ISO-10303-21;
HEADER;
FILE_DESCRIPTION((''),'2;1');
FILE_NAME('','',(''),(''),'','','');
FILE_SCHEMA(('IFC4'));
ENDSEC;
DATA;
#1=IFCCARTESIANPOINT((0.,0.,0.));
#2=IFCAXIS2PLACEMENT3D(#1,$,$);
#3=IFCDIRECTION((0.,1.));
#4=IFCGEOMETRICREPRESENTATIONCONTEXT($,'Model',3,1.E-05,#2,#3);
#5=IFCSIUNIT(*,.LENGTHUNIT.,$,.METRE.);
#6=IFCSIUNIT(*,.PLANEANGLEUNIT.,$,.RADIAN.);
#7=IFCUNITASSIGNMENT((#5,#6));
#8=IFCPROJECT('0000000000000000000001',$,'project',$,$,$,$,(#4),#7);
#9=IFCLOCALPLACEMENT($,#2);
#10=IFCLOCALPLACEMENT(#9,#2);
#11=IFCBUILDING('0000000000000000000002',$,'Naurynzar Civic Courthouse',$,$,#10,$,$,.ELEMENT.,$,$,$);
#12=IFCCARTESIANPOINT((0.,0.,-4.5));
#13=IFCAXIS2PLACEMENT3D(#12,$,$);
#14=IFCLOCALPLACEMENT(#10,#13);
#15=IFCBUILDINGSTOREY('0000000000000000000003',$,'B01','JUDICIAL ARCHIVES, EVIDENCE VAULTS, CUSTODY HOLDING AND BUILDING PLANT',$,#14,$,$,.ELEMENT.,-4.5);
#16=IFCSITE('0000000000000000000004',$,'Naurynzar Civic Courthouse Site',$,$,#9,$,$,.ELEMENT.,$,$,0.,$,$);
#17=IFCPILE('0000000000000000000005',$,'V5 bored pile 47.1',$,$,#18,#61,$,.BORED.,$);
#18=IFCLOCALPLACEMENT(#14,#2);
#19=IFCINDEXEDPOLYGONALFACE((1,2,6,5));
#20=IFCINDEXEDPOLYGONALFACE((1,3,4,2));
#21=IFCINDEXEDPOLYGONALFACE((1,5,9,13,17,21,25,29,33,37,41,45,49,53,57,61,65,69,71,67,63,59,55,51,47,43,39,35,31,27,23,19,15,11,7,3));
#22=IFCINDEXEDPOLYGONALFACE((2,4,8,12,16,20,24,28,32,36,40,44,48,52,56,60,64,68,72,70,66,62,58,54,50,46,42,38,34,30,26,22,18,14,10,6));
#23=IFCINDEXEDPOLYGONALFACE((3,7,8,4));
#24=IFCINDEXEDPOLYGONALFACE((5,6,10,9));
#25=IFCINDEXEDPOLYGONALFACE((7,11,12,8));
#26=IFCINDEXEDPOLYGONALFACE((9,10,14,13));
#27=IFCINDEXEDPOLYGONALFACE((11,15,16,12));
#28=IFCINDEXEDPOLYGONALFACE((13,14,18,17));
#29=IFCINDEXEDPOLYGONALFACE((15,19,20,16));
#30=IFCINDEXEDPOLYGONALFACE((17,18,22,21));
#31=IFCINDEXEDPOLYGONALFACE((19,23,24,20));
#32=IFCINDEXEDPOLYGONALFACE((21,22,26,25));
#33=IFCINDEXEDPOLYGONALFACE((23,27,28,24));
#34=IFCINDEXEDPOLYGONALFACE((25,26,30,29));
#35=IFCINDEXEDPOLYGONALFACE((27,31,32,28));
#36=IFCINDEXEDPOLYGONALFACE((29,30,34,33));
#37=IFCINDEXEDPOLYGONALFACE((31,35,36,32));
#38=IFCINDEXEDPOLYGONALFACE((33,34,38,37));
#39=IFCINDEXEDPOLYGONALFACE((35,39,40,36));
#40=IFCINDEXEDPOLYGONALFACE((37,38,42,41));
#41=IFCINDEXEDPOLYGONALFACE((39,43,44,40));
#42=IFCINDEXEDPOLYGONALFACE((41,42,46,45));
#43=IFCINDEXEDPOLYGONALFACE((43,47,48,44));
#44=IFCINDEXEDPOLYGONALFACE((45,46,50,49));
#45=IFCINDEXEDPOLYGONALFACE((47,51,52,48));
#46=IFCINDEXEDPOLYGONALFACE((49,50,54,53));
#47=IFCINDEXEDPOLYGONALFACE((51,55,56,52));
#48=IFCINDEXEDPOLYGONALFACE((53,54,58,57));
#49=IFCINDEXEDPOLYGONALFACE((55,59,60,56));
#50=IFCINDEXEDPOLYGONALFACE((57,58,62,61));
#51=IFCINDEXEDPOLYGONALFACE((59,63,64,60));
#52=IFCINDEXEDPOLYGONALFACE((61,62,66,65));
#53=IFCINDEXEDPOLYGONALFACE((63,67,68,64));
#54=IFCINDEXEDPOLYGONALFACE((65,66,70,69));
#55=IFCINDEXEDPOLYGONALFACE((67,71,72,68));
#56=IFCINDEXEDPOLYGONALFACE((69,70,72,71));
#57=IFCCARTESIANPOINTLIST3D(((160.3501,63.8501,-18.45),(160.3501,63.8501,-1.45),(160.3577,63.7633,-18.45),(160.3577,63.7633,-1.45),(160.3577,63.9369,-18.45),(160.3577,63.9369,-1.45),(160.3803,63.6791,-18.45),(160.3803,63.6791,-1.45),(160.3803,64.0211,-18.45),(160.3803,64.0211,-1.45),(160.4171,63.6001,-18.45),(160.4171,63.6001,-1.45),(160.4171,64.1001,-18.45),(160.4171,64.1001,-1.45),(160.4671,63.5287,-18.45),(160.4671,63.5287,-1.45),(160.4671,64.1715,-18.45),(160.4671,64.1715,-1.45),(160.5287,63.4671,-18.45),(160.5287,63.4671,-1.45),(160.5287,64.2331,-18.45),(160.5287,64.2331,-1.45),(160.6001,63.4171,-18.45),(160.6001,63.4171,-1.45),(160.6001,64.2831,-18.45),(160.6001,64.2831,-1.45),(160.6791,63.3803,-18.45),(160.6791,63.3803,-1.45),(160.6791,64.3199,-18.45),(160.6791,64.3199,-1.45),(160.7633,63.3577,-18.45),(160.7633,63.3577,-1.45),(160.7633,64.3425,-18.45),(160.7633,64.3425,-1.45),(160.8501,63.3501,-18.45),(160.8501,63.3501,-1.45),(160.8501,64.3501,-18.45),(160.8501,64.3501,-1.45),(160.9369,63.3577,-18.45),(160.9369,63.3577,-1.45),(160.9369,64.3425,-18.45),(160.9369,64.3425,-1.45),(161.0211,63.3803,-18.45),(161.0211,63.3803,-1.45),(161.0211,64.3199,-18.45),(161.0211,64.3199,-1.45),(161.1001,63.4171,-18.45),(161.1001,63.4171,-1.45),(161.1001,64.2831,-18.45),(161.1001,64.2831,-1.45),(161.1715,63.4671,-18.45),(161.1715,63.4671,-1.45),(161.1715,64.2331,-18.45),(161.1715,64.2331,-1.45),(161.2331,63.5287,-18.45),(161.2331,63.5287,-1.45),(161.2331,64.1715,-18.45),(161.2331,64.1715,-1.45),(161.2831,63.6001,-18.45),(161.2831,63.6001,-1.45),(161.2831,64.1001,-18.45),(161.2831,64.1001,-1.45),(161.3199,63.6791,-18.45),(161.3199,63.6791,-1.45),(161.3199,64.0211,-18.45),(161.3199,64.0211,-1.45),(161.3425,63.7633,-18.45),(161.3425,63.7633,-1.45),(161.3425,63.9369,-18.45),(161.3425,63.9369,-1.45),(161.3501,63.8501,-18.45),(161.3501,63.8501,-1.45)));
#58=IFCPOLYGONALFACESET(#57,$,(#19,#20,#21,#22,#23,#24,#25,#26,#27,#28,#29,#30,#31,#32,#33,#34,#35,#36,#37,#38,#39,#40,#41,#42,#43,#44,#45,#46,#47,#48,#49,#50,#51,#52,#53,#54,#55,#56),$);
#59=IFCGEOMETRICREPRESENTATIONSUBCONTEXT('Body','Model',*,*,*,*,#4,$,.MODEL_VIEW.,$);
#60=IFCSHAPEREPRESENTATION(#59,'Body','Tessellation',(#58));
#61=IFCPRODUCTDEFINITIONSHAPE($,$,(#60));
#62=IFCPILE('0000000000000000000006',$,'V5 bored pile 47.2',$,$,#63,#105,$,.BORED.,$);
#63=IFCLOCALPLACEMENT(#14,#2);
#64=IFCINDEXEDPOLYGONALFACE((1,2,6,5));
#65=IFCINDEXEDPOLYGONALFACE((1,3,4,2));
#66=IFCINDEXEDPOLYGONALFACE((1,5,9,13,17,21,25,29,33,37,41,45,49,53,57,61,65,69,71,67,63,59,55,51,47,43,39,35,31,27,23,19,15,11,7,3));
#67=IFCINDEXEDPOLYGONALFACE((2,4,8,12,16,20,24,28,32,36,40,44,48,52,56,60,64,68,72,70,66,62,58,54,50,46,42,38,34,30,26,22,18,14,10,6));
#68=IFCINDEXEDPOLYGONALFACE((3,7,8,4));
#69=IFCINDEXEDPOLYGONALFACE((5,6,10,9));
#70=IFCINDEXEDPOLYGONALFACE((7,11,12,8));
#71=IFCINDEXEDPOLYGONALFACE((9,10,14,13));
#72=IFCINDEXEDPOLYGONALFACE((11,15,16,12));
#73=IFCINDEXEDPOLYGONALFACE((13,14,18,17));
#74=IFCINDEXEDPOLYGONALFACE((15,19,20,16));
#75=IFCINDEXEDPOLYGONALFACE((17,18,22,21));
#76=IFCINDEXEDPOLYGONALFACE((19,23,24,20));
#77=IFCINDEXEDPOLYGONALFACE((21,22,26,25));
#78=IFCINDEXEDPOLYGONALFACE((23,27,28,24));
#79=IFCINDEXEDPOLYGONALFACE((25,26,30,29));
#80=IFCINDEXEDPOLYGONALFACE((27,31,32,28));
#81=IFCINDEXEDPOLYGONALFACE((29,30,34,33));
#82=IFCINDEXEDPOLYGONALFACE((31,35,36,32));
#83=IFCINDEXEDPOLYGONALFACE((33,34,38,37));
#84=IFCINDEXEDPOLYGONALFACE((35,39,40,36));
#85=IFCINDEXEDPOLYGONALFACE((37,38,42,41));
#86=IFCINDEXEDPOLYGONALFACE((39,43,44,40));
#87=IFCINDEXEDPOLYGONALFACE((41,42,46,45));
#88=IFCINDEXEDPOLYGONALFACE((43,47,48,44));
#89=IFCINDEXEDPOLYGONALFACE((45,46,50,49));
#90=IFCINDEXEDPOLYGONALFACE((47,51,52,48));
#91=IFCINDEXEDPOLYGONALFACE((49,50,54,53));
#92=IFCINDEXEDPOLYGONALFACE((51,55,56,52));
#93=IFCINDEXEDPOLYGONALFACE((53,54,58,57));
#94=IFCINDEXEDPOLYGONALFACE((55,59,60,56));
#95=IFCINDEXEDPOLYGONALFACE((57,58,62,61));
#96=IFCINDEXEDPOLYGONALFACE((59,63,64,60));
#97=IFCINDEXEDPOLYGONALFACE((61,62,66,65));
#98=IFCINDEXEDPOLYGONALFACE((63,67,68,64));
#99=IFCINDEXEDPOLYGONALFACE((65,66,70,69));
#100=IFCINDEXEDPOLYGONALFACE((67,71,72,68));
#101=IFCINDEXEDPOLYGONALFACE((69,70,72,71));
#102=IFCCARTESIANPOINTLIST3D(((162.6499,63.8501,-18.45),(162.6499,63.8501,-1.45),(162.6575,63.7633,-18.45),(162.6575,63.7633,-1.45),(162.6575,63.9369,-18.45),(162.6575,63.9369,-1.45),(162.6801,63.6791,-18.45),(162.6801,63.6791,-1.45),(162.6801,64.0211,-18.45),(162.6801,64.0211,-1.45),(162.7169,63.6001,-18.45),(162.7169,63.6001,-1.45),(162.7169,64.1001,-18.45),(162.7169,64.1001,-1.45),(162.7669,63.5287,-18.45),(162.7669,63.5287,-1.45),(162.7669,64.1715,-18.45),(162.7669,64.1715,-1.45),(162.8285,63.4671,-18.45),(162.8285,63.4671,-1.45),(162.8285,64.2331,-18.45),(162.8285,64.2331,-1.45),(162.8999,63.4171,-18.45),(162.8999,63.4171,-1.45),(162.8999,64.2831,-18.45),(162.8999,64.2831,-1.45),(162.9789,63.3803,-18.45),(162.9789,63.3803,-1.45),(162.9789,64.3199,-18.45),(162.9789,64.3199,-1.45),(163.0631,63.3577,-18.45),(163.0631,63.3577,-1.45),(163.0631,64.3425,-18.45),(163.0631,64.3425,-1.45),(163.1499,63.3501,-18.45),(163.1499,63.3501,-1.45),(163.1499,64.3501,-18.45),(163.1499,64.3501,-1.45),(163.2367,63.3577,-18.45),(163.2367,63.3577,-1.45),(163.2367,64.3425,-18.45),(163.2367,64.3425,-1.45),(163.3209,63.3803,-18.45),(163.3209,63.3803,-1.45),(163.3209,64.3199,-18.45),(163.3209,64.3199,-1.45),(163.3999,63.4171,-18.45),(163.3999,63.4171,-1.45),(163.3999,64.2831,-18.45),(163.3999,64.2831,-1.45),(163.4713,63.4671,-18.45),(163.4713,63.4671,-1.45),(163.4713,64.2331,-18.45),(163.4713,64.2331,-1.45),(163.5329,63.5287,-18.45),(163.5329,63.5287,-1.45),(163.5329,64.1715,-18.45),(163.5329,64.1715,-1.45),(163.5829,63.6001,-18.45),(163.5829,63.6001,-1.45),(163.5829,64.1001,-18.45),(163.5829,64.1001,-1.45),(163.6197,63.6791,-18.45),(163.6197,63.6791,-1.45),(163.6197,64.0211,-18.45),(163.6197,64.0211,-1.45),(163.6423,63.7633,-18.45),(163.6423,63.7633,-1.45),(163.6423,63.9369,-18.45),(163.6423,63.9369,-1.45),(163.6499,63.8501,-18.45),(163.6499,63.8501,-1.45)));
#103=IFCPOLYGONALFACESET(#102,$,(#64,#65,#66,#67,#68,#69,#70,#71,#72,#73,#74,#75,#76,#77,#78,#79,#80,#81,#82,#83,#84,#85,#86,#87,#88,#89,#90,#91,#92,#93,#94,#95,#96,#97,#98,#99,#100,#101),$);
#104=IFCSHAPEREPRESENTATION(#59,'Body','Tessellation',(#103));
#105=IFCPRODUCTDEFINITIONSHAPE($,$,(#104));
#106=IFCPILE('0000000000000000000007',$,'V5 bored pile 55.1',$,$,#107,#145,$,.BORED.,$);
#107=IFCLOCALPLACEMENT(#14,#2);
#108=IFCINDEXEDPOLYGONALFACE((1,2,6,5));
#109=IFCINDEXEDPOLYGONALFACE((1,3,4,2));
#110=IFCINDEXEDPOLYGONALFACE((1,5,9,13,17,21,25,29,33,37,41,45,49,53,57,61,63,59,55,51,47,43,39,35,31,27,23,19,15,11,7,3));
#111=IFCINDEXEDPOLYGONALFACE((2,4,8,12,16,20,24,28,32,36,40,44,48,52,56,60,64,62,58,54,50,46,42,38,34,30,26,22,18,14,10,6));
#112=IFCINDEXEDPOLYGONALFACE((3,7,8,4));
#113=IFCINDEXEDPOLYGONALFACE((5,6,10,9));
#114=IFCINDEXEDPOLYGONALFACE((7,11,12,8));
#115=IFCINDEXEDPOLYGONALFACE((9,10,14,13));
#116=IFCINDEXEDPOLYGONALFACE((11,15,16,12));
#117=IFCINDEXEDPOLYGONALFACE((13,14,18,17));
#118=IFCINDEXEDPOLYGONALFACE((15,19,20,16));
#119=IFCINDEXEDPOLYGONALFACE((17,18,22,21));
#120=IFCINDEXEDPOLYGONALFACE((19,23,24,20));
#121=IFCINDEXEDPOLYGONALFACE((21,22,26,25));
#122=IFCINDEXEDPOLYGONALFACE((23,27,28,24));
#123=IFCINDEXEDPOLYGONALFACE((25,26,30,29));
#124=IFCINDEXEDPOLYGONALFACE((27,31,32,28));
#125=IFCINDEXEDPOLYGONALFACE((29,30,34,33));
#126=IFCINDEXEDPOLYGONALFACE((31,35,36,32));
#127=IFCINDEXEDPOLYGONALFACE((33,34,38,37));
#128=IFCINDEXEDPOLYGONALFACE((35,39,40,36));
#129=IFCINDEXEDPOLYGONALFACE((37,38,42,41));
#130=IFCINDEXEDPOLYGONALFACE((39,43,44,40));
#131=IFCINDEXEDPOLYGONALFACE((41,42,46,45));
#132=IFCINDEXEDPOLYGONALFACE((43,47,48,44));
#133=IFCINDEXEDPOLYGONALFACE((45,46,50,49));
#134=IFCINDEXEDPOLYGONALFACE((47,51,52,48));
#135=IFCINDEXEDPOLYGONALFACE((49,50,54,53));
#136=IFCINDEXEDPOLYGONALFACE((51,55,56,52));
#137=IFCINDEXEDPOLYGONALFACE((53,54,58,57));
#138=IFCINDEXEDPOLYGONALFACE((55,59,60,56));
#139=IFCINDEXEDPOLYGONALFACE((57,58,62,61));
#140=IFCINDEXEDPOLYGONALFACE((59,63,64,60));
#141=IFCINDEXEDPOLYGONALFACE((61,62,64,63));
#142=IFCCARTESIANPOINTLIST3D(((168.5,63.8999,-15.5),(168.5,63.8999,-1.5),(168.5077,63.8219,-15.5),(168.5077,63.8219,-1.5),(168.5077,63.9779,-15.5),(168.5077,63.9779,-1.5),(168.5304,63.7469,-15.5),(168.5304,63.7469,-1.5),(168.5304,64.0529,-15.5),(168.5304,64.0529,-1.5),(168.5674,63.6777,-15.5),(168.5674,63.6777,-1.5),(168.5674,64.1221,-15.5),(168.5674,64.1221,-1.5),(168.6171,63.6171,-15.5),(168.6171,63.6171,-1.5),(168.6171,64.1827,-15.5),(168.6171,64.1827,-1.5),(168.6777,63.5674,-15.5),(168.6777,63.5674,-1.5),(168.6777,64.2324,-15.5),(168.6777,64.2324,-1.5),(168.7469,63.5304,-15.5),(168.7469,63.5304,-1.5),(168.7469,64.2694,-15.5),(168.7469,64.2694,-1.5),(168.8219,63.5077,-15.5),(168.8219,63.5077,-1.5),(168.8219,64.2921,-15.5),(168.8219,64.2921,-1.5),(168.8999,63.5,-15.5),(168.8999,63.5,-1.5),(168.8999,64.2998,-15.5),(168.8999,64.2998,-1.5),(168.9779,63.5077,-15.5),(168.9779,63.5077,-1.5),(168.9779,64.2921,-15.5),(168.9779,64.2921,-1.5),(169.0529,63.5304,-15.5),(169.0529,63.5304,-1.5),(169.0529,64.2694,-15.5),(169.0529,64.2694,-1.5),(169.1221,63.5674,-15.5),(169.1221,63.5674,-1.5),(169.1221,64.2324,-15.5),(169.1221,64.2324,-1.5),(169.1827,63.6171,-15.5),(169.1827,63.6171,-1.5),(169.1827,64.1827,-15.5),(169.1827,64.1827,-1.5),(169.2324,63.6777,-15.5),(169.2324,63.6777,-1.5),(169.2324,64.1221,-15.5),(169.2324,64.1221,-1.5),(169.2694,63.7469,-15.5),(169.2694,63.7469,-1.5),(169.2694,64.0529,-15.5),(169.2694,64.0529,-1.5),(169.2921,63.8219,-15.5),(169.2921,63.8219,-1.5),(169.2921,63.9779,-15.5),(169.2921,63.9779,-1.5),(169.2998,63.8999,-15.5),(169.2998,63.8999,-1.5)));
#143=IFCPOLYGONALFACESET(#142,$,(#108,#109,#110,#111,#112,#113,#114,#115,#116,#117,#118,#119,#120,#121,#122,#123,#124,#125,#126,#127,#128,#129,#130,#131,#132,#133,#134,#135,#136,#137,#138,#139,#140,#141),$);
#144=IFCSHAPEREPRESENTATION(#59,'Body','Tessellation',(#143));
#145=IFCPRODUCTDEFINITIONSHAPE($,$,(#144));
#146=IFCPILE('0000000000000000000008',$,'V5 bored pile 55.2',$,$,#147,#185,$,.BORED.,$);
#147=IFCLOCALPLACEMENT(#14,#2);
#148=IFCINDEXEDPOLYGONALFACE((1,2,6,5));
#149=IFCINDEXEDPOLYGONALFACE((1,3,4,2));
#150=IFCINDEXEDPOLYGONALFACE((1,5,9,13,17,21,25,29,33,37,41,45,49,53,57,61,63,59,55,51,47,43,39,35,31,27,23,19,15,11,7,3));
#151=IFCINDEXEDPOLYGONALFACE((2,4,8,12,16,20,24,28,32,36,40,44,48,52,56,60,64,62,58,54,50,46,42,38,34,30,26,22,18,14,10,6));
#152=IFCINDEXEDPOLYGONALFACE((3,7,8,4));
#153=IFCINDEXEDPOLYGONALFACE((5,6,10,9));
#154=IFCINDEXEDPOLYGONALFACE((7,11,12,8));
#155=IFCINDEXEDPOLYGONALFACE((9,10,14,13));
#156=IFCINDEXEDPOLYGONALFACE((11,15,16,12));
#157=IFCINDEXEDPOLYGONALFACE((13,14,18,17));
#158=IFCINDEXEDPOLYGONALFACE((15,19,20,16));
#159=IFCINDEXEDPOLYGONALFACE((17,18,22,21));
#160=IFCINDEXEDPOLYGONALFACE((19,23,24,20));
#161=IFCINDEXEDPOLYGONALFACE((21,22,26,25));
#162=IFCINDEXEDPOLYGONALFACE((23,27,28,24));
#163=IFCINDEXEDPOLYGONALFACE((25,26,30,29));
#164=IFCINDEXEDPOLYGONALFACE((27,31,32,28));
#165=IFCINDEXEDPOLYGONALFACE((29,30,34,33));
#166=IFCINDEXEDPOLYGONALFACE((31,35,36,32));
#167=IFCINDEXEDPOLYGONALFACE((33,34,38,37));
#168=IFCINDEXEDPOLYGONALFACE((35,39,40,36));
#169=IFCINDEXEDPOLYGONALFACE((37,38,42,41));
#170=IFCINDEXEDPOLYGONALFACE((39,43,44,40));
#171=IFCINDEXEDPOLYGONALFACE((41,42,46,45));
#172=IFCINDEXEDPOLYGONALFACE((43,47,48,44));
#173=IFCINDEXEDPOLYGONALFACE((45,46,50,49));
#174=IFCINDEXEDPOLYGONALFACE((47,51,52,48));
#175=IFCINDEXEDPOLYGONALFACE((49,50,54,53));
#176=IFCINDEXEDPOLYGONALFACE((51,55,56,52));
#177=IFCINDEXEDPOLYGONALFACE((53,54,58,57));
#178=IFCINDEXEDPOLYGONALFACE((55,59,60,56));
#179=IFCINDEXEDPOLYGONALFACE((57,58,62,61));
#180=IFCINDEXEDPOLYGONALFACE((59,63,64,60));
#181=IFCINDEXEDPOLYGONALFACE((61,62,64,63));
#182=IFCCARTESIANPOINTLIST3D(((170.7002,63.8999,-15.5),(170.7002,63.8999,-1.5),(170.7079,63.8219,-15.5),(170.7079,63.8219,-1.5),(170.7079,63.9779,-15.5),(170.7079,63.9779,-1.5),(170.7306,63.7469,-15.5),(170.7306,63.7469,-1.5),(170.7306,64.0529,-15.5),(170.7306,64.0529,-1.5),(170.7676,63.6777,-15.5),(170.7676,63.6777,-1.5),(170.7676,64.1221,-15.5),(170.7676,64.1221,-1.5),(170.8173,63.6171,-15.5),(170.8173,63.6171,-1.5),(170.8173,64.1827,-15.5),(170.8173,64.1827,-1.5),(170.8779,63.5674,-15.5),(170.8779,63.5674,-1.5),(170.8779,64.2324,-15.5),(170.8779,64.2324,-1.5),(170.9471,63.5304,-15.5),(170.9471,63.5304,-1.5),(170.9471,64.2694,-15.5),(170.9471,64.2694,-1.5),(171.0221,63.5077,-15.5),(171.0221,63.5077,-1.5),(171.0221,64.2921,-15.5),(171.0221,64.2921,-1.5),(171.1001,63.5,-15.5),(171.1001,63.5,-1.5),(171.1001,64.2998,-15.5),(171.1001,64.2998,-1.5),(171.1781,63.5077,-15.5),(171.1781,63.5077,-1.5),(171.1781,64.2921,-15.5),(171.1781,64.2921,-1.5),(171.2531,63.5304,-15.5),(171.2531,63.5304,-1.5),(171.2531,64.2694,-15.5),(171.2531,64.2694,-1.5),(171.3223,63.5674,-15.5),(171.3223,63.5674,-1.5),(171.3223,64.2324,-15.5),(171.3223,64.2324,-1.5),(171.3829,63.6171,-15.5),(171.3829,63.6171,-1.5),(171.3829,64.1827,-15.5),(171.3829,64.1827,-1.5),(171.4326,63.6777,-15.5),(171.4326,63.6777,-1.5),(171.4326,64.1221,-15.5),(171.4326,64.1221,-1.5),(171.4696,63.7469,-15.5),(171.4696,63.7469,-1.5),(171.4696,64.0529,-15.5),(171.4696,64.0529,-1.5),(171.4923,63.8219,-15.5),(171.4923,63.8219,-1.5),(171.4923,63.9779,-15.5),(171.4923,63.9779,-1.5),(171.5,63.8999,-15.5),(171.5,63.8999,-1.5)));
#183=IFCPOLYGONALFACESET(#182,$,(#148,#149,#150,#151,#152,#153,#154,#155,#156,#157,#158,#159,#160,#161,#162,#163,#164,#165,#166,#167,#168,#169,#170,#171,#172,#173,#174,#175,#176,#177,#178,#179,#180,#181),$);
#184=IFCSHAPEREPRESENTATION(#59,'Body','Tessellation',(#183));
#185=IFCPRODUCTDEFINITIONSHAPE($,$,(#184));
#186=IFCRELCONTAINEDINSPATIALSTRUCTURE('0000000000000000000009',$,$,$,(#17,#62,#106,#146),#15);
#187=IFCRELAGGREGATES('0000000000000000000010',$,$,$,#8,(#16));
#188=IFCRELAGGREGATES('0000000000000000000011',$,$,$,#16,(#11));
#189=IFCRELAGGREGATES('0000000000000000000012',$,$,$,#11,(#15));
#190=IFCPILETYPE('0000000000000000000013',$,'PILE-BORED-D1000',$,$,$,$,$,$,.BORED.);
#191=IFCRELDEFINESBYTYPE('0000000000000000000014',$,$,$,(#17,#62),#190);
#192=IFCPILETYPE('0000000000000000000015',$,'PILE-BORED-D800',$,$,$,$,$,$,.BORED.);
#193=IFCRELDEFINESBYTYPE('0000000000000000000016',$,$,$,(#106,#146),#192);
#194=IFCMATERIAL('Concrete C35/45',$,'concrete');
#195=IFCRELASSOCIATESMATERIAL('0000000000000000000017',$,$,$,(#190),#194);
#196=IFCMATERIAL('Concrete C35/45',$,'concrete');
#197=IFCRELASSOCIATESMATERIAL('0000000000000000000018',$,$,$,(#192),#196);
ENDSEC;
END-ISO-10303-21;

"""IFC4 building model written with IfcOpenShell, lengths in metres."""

from ifc_helpers import new_model, si_unit, direction, frame, origin, origin_2d, place, context, subcontext, project, spatial, circle, extrude, material, material_profile, profile_set, type_object, element, save


model = new_model("IFC4")

# Units and contexts
model_context = context("Model", 3, precision=1e-05, world=origin(), true_north=direction((0.0, 1.0)))
body_context = subcontext(model_context, "Body", "Model", "MODEL_VIEW")
ifc_project = project(units=[si_unit("LENGTHUNIT", "METRE"), si_unit("PLANEANGLEUNIT", "RADIAN")], contexts=[model_context])

# Site, building, storey
site_placement = place(None, origin())
site = spatial("IfcSite", under=ifc_project, at=site_placement, Name="Naurynzar Civic Courthouse Site", CompositionType="ELEMENT", RefElevation=0.0)
building_placement = place(site_placement, origin())
building = spatial("IfcBuilding", under=site, at=building_placement, Name="Naurynzar Civic Courthouse", CompositionType="ELEMENT")
storey_placement = place(building_placement, frame((0.0, 0.0, -4.5)))
storey = spatial("IfcBuildingStorey", under=building, at=storey_placement, Name="B01", Description="JUDICIAL ARCHIVES, EVIDENCE VAULTS, CUSTODY HOLDING AND BUILDING PLANT", CompositionType="ELEMENT", Elevation=-4.5)

# Piles
ifc_material_1 = material(Name="Concrete C35/45", Category="concrete")
ifc_material_profile_1 = material_profile(ifc_material_1, circle(Radius=0.5, at=origin_2d()), Name="PILE D1000")
ifc_profile_set_1 = profile_set([ifc_material_profile_1], Name="Concrete C35/45")
pile_type_1 = type_object("IfcPileType", Name="PILE-BORED-D1000", PredefinedType="BORED", material=ifc_profile_set_1)
for number, where, z_axis, x_axis, name in (
    (1, (160.8501, 63.8501, -1.45), (0.0, 0.0, -1.0), (1.0, 0.0, 0.0), "V5 bored pile 47.1"),
    (2, (163.1499, 63.8501, -1.45), (0.0, 0.0, -1.0), (1.0, 0.0, 0.0), "V5 bored pile 47.2"),
):
    element("IfcPile", number, at=place(storey_placement, frame(where, z_axis=z_axis, x_axis=x_axis)), inside=storey, type_object=pile_type_1, Name=name, PredefinedType="BORED", context=body_context, shape_type="SweptSolid", body=[
        extrude(circle(Radius=0.5, at=origin_2d()), origin(), (0.0, 0.0, 1.0), 17.0),
    ])
ifc_material_2 = material(Name="Concrete C35/45", Category="concrete")
ifc_material_profile_2 = material_profile(ifc_material_2, circle(Radius=0.3999, at=origin_2d()), Name="PILE D800")
ifc_profile_set_2 = profile_set([ifc_material_profile_2], Name="Concrete C35/45")
pile_type_2 = type_object("IfcPileType", Name="PILE-BORED-D800", PredefinedType="BORED", material=ifc_profile_set_2)
for number, where, z_axis, x_axis, name in (
    (3, (168.8999, 63.8999, -1.5), (0.0, 0.0, -1.0), (1.0, 0.0, 0.0), "V5 bored pile 55.1"),
    (4, (171.1001, 63.8999, -1.5), (0.0, 0.0, -1.0), (1.0, 0.0, 0.0), "V5 bored pile 55.2"),
):
    element("IfcPile", number, at=place(storey_placement, frame(where, z_axis=z_axis, x_axis=x_axis)), inside=storey, type_object=pile_type_2, Name=name, PredefinedType="BORED", context=body_context, shape_type="SweptSolid", body=[
        extrude(circle(Radius=0.3999, at=origin_2d()), origin(), (0.0, 0.0, 1.0), 14.0),
    ])

save(model, "model.ifc")
